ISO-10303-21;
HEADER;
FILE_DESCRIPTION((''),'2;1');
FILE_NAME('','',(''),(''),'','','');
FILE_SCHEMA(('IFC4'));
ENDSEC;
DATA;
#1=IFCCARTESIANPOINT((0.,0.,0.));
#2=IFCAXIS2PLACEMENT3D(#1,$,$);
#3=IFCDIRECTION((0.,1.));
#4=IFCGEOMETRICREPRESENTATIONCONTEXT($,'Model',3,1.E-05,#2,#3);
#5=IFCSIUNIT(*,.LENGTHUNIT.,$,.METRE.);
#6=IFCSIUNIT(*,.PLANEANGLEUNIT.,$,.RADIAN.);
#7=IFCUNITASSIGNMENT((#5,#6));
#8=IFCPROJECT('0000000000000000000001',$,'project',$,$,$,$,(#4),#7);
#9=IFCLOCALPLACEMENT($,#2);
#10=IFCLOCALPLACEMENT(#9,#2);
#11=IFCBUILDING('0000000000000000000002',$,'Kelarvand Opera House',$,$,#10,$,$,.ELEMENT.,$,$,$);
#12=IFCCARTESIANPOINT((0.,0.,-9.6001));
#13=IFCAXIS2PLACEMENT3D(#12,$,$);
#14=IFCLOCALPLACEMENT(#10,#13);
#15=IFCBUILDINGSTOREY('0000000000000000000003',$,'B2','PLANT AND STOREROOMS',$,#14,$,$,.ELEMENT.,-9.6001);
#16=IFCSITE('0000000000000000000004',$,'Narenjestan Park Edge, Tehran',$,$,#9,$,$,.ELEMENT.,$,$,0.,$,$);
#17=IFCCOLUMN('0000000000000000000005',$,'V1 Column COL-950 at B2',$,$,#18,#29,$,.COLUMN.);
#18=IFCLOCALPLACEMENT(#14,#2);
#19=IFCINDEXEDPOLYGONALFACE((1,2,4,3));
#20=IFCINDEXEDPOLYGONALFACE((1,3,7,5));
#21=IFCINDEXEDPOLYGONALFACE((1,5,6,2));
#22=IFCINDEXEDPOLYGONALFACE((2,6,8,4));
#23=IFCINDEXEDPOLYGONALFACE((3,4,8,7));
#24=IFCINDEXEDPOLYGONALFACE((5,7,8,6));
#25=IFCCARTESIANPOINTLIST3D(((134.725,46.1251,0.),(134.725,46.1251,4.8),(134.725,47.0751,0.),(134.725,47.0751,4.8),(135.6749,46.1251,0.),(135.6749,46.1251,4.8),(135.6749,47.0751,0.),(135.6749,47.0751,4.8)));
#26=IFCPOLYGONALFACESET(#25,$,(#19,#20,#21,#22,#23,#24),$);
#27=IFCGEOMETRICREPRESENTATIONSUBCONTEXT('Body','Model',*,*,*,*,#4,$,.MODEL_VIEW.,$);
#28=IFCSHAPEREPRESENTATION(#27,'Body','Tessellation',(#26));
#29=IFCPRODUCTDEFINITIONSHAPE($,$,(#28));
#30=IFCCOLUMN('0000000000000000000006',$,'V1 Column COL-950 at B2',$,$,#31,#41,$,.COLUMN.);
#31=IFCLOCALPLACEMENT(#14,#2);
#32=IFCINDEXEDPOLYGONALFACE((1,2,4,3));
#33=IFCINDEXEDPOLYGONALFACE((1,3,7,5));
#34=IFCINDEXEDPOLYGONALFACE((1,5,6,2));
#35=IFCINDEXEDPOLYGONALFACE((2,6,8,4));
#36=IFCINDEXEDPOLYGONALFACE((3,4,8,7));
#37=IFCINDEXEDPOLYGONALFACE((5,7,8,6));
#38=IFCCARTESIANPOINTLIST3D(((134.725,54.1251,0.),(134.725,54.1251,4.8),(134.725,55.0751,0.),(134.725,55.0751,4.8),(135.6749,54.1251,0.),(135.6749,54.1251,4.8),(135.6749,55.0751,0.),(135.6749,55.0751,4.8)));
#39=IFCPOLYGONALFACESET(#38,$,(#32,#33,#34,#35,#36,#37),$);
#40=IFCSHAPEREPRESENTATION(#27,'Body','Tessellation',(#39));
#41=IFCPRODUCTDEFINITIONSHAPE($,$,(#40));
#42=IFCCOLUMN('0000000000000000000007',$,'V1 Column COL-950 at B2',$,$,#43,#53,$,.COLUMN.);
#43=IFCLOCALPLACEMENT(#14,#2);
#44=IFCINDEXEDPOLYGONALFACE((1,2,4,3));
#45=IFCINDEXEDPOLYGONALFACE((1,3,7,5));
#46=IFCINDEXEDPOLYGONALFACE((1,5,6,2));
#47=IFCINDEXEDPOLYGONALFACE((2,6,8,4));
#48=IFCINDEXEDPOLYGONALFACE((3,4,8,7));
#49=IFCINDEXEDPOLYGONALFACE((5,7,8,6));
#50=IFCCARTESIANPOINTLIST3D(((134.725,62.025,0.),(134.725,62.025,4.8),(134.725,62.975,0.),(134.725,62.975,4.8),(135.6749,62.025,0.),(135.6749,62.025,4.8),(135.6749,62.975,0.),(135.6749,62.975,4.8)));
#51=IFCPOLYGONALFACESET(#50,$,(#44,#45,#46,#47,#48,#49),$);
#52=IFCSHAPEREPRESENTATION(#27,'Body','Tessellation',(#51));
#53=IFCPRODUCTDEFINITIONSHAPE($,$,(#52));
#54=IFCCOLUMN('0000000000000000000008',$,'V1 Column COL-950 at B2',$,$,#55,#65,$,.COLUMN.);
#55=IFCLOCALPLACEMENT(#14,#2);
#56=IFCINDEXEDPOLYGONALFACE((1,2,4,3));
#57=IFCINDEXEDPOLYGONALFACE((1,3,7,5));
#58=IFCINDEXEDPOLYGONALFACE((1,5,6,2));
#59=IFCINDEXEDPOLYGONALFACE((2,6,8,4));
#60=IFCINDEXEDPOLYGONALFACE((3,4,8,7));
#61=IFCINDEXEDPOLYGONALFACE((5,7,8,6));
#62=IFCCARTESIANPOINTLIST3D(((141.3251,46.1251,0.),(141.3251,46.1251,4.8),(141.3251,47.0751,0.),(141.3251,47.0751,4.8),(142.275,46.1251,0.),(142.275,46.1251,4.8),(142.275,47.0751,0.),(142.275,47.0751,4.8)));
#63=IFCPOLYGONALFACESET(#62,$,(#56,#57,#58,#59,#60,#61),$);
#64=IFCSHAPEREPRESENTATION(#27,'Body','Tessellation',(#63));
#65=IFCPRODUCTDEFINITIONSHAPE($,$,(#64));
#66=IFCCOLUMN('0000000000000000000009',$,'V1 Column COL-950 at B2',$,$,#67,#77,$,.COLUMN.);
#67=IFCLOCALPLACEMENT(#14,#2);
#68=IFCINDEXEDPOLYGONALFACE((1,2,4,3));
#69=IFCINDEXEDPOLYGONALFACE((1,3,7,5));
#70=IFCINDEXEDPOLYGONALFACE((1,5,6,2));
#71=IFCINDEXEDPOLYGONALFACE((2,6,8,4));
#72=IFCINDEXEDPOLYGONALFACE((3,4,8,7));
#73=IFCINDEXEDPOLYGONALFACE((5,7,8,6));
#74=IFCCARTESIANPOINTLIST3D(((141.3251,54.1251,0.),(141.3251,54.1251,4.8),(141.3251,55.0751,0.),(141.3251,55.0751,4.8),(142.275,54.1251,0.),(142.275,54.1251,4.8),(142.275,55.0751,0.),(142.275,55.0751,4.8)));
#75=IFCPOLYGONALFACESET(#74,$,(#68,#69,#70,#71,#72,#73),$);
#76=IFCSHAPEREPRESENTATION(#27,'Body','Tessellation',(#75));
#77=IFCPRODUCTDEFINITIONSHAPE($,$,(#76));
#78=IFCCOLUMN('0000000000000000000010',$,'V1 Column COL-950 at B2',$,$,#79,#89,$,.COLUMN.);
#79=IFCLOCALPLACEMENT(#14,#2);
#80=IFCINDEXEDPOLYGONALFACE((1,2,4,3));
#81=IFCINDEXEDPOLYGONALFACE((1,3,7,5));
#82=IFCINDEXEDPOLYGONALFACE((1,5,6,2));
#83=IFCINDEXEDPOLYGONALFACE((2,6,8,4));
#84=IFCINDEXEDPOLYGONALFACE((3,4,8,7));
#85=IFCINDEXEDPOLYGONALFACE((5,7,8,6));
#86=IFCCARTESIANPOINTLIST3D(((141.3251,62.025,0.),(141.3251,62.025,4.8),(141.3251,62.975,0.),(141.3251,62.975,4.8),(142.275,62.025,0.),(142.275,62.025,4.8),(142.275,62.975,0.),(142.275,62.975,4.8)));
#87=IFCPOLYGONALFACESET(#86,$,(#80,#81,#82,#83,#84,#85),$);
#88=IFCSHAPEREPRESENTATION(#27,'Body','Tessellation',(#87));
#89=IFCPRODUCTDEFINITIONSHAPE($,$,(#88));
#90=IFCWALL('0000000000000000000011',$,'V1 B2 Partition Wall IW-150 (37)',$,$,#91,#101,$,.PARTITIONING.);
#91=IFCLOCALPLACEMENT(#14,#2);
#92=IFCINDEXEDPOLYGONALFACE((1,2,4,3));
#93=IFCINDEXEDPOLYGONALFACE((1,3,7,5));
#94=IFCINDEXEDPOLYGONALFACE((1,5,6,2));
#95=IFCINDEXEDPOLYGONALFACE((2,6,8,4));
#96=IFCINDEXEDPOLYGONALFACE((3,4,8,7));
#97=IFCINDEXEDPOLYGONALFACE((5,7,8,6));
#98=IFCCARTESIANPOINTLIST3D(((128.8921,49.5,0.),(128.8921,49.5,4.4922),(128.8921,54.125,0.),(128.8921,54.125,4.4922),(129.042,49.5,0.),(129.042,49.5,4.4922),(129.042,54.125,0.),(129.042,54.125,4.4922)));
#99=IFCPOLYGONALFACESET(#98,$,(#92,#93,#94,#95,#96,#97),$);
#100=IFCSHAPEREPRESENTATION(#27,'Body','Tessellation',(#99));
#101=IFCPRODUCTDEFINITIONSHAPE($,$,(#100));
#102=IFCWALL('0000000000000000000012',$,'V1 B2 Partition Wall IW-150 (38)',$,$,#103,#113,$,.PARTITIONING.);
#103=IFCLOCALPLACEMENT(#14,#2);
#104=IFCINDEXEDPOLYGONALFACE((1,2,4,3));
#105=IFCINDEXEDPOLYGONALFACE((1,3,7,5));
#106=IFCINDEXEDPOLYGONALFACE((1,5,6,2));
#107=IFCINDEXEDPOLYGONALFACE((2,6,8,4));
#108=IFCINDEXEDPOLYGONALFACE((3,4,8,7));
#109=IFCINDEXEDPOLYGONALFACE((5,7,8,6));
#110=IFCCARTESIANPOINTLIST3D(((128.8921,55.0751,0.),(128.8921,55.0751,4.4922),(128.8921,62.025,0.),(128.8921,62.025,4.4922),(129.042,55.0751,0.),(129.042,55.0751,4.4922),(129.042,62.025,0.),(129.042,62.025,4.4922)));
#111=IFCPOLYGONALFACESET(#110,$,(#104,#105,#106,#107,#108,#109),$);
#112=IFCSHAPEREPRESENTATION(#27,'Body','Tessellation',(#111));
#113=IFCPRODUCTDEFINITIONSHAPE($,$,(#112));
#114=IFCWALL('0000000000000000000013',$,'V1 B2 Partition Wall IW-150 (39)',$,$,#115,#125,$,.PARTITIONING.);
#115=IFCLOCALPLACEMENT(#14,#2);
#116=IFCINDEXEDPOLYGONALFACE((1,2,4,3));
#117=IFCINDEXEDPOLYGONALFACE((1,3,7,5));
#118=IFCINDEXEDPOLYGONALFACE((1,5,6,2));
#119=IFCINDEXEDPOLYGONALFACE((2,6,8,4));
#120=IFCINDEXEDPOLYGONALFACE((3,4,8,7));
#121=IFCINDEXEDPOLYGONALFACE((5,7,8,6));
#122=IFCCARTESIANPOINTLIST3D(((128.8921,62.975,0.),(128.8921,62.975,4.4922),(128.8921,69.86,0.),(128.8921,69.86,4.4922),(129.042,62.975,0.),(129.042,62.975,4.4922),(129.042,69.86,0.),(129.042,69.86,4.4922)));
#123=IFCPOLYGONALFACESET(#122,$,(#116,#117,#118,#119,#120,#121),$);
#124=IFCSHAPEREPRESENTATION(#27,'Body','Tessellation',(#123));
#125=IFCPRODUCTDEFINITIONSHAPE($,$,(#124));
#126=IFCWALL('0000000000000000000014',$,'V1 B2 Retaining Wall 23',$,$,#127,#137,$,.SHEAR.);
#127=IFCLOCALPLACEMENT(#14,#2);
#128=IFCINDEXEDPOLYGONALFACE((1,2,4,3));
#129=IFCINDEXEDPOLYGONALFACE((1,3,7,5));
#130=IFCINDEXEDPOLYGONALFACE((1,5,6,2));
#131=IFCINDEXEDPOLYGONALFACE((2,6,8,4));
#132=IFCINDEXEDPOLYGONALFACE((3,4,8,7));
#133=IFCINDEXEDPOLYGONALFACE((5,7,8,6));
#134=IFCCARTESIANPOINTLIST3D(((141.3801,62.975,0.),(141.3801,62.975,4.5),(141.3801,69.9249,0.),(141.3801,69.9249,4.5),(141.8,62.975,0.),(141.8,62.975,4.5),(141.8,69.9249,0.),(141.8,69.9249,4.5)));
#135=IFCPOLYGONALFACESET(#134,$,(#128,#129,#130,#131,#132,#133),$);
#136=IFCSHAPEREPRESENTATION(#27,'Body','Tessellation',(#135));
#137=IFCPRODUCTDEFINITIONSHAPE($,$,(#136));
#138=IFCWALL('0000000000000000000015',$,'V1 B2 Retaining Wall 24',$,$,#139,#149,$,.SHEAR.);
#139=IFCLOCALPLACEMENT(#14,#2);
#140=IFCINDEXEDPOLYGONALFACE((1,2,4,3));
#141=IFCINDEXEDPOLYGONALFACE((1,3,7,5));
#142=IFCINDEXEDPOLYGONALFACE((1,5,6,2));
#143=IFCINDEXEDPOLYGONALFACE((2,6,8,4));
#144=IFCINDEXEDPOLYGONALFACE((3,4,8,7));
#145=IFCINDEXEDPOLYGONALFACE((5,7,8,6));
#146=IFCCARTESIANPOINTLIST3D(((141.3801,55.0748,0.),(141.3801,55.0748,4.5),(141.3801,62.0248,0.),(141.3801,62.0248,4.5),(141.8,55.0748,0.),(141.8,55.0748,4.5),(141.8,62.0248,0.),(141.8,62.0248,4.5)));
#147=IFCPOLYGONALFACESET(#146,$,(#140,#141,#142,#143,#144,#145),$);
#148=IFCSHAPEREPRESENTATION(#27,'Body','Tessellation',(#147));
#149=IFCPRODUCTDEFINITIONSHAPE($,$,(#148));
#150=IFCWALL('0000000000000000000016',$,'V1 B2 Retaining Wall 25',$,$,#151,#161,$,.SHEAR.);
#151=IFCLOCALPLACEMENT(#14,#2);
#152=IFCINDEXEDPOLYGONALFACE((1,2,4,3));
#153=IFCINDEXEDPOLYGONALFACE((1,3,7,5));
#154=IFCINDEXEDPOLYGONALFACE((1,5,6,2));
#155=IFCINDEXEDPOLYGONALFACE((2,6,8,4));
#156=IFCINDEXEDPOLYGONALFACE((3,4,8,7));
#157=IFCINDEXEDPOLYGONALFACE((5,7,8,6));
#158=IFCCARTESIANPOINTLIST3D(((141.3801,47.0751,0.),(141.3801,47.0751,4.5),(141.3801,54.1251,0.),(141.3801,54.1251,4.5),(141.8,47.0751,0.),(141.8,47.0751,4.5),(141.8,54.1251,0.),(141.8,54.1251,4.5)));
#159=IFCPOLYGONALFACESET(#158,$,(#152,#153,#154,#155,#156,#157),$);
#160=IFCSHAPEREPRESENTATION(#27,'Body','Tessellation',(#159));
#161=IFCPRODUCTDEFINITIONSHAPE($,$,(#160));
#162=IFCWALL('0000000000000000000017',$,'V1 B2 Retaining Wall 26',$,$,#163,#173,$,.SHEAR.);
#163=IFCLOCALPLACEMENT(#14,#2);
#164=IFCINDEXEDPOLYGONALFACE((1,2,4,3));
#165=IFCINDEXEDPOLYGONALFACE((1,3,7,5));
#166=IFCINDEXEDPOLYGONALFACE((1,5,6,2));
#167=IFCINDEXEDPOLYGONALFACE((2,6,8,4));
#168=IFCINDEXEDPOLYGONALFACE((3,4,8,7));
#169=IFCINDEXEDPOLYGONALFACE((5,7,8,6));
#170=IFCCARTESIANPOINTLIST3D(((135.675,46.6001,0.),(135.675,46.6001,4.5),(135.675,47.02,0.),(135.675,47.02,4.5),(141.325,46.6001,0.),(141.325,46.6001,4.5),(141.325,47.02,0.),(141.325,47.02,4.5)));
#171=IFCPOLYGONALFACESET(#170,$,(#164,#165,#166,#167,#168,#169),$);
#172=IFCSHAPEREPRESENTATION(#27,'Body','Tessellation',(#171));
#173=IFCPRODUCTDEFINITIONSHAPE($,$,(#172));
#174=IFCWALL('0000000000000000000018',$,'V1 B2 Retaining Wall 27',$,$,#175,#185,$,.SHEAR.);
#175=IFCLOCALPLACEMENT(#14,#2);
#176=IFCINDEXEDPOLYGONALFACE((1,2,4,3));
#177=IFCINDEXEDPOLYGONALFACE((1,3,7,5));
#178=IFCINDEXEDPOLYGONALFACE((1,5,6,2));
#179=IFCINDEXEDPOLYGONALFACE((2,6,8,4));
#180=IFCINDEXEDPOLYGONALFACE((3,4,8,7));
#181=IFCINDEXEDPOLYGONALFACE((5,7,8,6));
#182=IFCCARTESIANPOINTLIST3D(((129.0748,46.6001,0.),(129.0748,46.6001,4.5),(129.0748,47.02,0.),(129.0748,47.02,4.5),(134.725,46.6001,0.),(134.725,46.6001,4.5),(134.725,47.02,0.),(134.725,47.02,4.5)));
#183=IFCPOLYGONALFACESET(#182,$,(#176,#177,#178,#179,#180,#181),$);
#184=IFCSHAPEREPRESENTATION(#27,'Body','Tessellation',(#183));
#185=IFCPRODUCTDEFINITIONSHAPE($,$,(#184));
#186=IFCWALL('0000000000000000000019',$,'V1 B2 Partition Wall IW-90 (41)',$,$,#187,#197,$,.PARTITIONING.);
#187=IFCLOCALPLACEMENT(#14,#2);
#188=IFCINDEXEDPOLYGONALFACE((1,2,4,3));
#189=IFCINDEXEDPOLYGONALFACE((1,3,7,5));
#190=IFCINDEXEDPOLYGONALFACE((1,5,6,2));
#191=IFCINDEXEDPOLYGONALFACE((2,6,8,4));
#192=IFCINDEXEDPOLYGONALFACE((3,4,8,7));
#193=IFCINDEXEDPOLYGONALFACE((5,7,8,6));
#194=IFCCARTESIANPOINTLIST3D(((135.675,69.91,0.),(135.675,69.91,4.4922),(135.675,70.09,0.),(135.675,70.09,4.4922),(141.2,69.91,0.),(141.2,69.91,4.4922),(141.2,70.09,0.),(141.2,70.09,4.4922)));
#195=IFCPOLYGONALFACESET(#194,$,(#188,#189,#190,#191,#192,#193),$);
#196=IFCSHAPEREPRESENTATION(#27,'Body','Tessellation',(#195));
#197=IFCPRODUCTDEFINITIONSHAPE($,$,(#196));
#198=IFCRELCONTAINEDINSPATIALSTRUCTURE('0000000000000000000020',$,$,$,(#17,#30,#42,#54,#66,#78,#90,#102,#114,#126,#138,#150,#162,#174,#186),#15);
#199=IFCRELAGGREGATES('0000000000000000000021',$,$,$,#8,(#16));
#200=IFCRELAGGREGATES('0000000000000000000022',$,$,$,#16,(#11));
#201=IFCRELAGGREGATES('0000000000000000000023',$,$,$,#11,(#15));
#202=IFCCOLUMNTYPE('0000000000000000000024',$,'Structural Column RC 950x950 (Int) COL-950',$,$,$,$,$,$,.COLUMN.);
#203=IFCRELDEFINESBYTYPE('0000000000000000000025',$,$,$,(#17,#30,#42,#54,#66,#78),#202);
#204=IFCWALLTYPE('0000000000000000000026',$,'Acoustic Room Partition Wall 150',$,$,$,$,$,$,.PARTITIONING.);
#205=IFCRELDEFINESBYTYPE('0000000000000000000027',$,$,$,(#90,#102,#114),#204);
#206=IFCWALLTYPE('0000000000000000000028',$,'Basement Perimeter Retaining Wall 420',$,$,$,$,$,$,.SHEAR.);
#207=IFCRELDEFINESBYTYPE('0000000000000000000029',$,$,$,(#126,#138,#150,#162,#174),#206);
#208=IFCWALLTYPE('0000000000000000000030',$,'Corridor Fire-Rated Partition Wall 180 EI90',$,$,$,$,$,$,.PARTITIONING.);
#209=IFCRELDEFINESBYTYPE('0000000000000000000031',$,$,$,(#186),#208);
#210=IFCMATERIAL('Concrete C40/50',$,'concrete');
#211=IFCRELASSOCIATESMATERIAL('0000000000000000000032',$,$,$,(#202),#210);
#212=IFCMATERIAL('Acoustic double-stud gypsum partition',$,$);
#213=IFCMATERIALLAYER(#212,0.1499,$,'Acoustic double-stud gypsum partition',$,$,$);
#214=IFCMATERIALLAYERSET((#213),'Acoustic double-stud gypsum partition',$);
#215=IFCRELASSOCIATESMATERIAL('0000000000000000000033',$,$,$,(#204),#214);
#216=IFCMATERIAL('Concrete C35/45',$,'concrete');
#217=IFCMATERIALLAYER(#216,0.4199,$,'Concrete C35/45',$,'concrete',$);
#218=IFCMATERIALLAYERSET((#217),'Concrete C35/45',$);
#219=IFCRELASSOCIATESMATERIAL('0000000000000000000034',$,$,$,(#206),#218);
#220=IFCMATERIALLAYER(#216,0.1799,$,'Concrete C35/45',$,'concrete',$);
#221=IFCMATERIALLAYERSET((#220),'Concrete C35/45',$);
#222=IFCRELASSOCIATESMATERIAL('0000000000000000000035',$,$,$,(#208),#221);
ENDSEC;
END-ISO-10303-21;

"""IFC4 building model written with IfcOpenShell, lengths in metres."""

from ifc_helpers import new_model, si_unit, direction, frame, frame_2d, origin, origin_2d, place, context, subcontext, project, spatial, rectangle, extrude, material, layer, layer_set, material_profile, profile_set, type_object, element, save


model = new_model("IFC4")

# Units and contexts
model_context = context("Model", 3, precision=1e-05, world=origin(), true_north=direction((0.0, 1.0)))
body_context = subcontext(model_context, "Body", "Model", "MODEL_VIEW")
ifc_project = project(units=[si_unit("LENGTHUNIT", "METRE"), si_unit("PLANEANGLEUNIT", "RADIAN")], contexts=[model_context])

# Site, building, storey
site_placement = place(None, origin())
site = spatial("IfcSite", under=ifc_project, at=site_placement, Name="Narenjestan Park Edge, Tehran", CompositionType="ELEMENT", RefElevation=0.0)
building_placement = place(site_placement, origin())
building = spatial("IfcBuilding", under=site, at=building_placement, Name="Kelarvand Opera House", CompositionType="ELEMENT")
storey_placement = place(building_placement, frame((0.0, 0.0, -9.6001)))
storey = spatial("IfcBuildingStorey", under=building, at=storey_placement, Name="B2", Description="PLANT AND STOREROOMS", CompositionType="ELEMENT", Elevation=-9.6001)

# Shared definitions
ifc_material_1 = material(Name="Concrete C40/50", Category="concrete")

# Columns
ifc_material_profile_1 = material_profile(ifc_material_1, rectangle(XDim=0.95, YDim=0.95, at=origin_2d()), Name="RC 950x950", Category="concrete")
ifc_profile_set_1 = profile_set([ifc_material_profile_1], Name="Concrete C40/50")
column_type = type_object("IfcColumnType", Name="Structural Column RC 950x950 (Int) COL-950", PredefinedType="COLUMN", material=ifc_profile_set_1)
for number, where, z_axis, x_axis, name in (
    (1, (135.2, 46.6001, 0.0), (0.0, 0.0, 1.0), (1.0, 0.0, 0.0), "V1 Column COL-950 at B2"),
    (2, (135.2, 54.6001, 0.0), (0.0, 0.0, 1.0), (1.0, 0.0, 0.0), "V1 Column COL-950 at B2"),
    (3, (135.2, 62.5, 0.0), (0.0, 0.0, 1.0), (1.0, 0.0, 0.0), "V1 Column COL-950 at B2"),
    (4, (141.8, 46.6001, 0.0), (0.0, 0.0, 1.0), (1.0, 0.0, 0.0), "V1 Column COL-950 at B2"),
    (5, (141.8, 54.6001, 0.0), (0.0, 0.0, 1.0), (1.0, 0.0, 0.0), "V1 Column COL-950 at B2"),
    (6, (141.8, 62.5, 0.0), (0.0, 0.0, 1.0), (1.0, 0.0, 0.0), "V1 Column COL-950 at B2"),
):
    element("IfcColumn", number, at=place(storey_placement, frame(where, z_axis=z_axis, x_axis=x_axis)), inside=storey, type_object=column_type, Name=name, PredefinedType="COLUMN", context=body_context, shape_type="SweptSolid", body=[
        extrude(rectangle(XDim=0.95, YDim=0.95, at=origin_2d()), origin(), (0.0, 0.0, 1.0), 4.8),
    ])

# Walls
ifc_material_2 = material(Name="Acoustic double-stud gypsum partition")
ifc_layer_1 = layer(ifc_material_2, 0.1499, Name="Acoustic double-stud gypsum partition")
ifc_layer_set_1 = layer_set([ifc_layer_1], Name="Acoustic double-stud gypsum partition")
wall_type_1 = type_object("IfcWallType", Name="Acoustic Room Partition Wall 150", PredefinedType="PARTITIONING", material=ifc_layer_set_1)
wall_1_placement = place(storey_placement, frame((128.967, 49.5, 0.0), z_axis=(0.0, 0.0, 1.0), x_axis=(0.0, 1.0, 0.0)))
element("IfcWall", 7, at=wall_1_placement, inside=storey, type_object=wall_type_1, Name="V1 B2 Partition Wall IW-150 (37)", PredefinedType="PARTITIONING", context=body_context, shape_type="SweptSolid", body=[
    extrude(rectangle(XDim=4.625, YDim=0.1499, at=frame_2d((2.3125, 0.0))), origin(), (0.0, 0.0, 1.0), 4.4922),
])
wall_2_placement = place(storey_placement, frame((128.967, 55.075, 0.0), z_axis=(0.0, 0.0, 1.0), x_axis=(0.0, 1.0, 0.0)))
element("IfcWall", 8, at=wall_2_placement, inside=storey, type_object=wall_type_1, Name="V1 B2 Partition Wall IW-150 (38)", PredefinedType="PARTITIONING", context=body_context, shape_type="SweptSolid", body=[
    extrude(rectangle(XDim=6.95, YDim=0.1499, at=frame_2d((3.4751, 0.0))), origin(), (0.0, 0.0, 1.0), 4.4922),
])
wall_3_placement = place(storey_placement, frame((128.967, 62.9751, 0.0), z_axis=(0.0, 0.0, 1.0), x_axis=(0.0, 1.0, 0.0)))
element("IfcWall", 9, at=wall_3_placement, inside=storey, type_object=wall_type_1, Name="V1 B2 Partition Wall IW-150 (39)", PredefinedType="PARTITIONING", context=body_context, shape_type="SweptSolid", body=[
    extrude(rectangle(XDim=6.885, YDim=0.1499, at=frame_2d((3.4424, 0.0))), origin(), (0.0, 0.0, 1.0), 4.4922),
])
ifc_material_3 = material(Name="Concrete C35/45", Category="concrete")
ifc_layer_2 = layer(ifc_material_3, 0.4199, Name="Concrete C35/45", Category="concrete")
ifc_layer_set_2 = layer_set([ifc_layer_2], Name="Concrete C35/45")
wall_type_2 = type_object("IfcWallType", Name="Basement Perimeter Retaining Wall 420", PredefinedType="SHEAR", material=ifc_layer_set_2)
for number, where, z_axis, x_axis, name in (
    (10, (141.5901, 69.925, 0.0), (0.0, 0.0, 1.0), (0.0, -1.0, 0.0), "V1 B2 Retaining Wall 23"),
    (11, (141.5901, 62.0249, 0.0), (0.0, 0.0, 1.0), (0.0, -1.0, 0.0), "V1 B2 Retaining Wall 24"),
):
    element("IfcWall", number, at=place(storey_placement, frame(where, z_axis=z_axis, x_axis=x_axis)), inside=storey, type_object=wall_type_2, Name=name, PredefinedType="SHEAR", context=body_context, shape_type="SweptSolid", body=[
        extrude(rectangle(XDim=6.95, YDim=0.4199, at=frame_2d((3.4751, 0.0))), origin(), (0.0, 0.0, 1.0), 4.5),
    ])
wall_4_placement = place(storey_placement, frame((141.5901, 54.125, 0.0), z_axis=(0.0, 0.0, 1.0), x_axis=(0.0, -1.0, 0.0)))
element("IfcWall", 12, at=wall_4_placement, inside=storey, type_object=wall_type_2, Name="V1 B2 Retaining Wall 25", PredefinedType="SHEAR", context=body_context, shape_type="SweptSolid", body=[
    extrude(rectangle(XDim=7.05, YDim=0.4199, at=frame_2d((3.5249, 0.0))), origin(), (0.0, 0.0, 1.0), 4.5),
])
wall_5_placement = place(storey_placement, frame((141.325, 46.8101, 0.0), z_axis=(0.0, 0.0, 1.0), x_axis=(-1.0, 0.0, 0.0)))
element("IfcWall", 13, at=wall_5_placement, inside=storey, type_object=wall_type_2, Name="V1 B2 Retaining Wall 26", PredefinedType="SHEAR", context=body_context, shape_type="SweptSolid", body=[
    extrude(rectangle(XDim=5.6499, YDim=0.4199, at=frame_2d((2.825, 0.0))), origin(), (0.0, 0.0, 1.0), 4.5),
])
wall_6_placement = place(storey_placement, frame((134.7251, 46.8101, 0.0), z_axis=(0.0, 0.0, 1.0), x_axis=(-1.0, 0.0, 0.0)))
element("IfcWall", 14, at=wall_6_placement, inside=storey, type_object=wall_type_2, Name="V1 B2 Retaining Wall 27", PredefinedType="SHEAR", context=body_context, shape_type="SweptSolid", body=[
    extrude(rectangle(XDim=5.6501, YDim=0.4199, at=frame_2d((2.8252, 0.0))), origin(), (0.0, 0.0, 1.0), 4.5),
])

# Shared definitions
ifc_layer_3 = layer(ifc_material_3, 0.1799, Name="Concrete C35/45", Category="concrete")
ifc_layer_set_3 = layer_set([ifc_layer_3], Name="Concrete C35/45")
wall_type_3 = type_object("IfcWallType", Name="Corridor Fire-Rated Partition Wall 180 EI90", PredefinedType="PARTITIONING", material=ifc_layer_set_3)

# Wall
wall_7_placement = place(storey_placement, frame((135.675, 70.0, 0.0), z_axis=(0.0, 0.0, 1.0), x_axis=(1.0, 0.0, 0.0)))
element("IfcWall", 15, at=wall_7_placement, inside=storey, type_object=wall_type_3, Name="V1 B2 Partition Wall IW-90 (41)", PredefinedType="PARTITIONING", context=body_context, shape_type="SweptSolid", body=[
    extrude(rectangle(XDim=5.5249, YDim=0.1799, at=frame_2d((2.7625, 0.0))), origin(), (0.0, 0.0, 1.0), 4.4922),
])

save(model, "model.ifc")
